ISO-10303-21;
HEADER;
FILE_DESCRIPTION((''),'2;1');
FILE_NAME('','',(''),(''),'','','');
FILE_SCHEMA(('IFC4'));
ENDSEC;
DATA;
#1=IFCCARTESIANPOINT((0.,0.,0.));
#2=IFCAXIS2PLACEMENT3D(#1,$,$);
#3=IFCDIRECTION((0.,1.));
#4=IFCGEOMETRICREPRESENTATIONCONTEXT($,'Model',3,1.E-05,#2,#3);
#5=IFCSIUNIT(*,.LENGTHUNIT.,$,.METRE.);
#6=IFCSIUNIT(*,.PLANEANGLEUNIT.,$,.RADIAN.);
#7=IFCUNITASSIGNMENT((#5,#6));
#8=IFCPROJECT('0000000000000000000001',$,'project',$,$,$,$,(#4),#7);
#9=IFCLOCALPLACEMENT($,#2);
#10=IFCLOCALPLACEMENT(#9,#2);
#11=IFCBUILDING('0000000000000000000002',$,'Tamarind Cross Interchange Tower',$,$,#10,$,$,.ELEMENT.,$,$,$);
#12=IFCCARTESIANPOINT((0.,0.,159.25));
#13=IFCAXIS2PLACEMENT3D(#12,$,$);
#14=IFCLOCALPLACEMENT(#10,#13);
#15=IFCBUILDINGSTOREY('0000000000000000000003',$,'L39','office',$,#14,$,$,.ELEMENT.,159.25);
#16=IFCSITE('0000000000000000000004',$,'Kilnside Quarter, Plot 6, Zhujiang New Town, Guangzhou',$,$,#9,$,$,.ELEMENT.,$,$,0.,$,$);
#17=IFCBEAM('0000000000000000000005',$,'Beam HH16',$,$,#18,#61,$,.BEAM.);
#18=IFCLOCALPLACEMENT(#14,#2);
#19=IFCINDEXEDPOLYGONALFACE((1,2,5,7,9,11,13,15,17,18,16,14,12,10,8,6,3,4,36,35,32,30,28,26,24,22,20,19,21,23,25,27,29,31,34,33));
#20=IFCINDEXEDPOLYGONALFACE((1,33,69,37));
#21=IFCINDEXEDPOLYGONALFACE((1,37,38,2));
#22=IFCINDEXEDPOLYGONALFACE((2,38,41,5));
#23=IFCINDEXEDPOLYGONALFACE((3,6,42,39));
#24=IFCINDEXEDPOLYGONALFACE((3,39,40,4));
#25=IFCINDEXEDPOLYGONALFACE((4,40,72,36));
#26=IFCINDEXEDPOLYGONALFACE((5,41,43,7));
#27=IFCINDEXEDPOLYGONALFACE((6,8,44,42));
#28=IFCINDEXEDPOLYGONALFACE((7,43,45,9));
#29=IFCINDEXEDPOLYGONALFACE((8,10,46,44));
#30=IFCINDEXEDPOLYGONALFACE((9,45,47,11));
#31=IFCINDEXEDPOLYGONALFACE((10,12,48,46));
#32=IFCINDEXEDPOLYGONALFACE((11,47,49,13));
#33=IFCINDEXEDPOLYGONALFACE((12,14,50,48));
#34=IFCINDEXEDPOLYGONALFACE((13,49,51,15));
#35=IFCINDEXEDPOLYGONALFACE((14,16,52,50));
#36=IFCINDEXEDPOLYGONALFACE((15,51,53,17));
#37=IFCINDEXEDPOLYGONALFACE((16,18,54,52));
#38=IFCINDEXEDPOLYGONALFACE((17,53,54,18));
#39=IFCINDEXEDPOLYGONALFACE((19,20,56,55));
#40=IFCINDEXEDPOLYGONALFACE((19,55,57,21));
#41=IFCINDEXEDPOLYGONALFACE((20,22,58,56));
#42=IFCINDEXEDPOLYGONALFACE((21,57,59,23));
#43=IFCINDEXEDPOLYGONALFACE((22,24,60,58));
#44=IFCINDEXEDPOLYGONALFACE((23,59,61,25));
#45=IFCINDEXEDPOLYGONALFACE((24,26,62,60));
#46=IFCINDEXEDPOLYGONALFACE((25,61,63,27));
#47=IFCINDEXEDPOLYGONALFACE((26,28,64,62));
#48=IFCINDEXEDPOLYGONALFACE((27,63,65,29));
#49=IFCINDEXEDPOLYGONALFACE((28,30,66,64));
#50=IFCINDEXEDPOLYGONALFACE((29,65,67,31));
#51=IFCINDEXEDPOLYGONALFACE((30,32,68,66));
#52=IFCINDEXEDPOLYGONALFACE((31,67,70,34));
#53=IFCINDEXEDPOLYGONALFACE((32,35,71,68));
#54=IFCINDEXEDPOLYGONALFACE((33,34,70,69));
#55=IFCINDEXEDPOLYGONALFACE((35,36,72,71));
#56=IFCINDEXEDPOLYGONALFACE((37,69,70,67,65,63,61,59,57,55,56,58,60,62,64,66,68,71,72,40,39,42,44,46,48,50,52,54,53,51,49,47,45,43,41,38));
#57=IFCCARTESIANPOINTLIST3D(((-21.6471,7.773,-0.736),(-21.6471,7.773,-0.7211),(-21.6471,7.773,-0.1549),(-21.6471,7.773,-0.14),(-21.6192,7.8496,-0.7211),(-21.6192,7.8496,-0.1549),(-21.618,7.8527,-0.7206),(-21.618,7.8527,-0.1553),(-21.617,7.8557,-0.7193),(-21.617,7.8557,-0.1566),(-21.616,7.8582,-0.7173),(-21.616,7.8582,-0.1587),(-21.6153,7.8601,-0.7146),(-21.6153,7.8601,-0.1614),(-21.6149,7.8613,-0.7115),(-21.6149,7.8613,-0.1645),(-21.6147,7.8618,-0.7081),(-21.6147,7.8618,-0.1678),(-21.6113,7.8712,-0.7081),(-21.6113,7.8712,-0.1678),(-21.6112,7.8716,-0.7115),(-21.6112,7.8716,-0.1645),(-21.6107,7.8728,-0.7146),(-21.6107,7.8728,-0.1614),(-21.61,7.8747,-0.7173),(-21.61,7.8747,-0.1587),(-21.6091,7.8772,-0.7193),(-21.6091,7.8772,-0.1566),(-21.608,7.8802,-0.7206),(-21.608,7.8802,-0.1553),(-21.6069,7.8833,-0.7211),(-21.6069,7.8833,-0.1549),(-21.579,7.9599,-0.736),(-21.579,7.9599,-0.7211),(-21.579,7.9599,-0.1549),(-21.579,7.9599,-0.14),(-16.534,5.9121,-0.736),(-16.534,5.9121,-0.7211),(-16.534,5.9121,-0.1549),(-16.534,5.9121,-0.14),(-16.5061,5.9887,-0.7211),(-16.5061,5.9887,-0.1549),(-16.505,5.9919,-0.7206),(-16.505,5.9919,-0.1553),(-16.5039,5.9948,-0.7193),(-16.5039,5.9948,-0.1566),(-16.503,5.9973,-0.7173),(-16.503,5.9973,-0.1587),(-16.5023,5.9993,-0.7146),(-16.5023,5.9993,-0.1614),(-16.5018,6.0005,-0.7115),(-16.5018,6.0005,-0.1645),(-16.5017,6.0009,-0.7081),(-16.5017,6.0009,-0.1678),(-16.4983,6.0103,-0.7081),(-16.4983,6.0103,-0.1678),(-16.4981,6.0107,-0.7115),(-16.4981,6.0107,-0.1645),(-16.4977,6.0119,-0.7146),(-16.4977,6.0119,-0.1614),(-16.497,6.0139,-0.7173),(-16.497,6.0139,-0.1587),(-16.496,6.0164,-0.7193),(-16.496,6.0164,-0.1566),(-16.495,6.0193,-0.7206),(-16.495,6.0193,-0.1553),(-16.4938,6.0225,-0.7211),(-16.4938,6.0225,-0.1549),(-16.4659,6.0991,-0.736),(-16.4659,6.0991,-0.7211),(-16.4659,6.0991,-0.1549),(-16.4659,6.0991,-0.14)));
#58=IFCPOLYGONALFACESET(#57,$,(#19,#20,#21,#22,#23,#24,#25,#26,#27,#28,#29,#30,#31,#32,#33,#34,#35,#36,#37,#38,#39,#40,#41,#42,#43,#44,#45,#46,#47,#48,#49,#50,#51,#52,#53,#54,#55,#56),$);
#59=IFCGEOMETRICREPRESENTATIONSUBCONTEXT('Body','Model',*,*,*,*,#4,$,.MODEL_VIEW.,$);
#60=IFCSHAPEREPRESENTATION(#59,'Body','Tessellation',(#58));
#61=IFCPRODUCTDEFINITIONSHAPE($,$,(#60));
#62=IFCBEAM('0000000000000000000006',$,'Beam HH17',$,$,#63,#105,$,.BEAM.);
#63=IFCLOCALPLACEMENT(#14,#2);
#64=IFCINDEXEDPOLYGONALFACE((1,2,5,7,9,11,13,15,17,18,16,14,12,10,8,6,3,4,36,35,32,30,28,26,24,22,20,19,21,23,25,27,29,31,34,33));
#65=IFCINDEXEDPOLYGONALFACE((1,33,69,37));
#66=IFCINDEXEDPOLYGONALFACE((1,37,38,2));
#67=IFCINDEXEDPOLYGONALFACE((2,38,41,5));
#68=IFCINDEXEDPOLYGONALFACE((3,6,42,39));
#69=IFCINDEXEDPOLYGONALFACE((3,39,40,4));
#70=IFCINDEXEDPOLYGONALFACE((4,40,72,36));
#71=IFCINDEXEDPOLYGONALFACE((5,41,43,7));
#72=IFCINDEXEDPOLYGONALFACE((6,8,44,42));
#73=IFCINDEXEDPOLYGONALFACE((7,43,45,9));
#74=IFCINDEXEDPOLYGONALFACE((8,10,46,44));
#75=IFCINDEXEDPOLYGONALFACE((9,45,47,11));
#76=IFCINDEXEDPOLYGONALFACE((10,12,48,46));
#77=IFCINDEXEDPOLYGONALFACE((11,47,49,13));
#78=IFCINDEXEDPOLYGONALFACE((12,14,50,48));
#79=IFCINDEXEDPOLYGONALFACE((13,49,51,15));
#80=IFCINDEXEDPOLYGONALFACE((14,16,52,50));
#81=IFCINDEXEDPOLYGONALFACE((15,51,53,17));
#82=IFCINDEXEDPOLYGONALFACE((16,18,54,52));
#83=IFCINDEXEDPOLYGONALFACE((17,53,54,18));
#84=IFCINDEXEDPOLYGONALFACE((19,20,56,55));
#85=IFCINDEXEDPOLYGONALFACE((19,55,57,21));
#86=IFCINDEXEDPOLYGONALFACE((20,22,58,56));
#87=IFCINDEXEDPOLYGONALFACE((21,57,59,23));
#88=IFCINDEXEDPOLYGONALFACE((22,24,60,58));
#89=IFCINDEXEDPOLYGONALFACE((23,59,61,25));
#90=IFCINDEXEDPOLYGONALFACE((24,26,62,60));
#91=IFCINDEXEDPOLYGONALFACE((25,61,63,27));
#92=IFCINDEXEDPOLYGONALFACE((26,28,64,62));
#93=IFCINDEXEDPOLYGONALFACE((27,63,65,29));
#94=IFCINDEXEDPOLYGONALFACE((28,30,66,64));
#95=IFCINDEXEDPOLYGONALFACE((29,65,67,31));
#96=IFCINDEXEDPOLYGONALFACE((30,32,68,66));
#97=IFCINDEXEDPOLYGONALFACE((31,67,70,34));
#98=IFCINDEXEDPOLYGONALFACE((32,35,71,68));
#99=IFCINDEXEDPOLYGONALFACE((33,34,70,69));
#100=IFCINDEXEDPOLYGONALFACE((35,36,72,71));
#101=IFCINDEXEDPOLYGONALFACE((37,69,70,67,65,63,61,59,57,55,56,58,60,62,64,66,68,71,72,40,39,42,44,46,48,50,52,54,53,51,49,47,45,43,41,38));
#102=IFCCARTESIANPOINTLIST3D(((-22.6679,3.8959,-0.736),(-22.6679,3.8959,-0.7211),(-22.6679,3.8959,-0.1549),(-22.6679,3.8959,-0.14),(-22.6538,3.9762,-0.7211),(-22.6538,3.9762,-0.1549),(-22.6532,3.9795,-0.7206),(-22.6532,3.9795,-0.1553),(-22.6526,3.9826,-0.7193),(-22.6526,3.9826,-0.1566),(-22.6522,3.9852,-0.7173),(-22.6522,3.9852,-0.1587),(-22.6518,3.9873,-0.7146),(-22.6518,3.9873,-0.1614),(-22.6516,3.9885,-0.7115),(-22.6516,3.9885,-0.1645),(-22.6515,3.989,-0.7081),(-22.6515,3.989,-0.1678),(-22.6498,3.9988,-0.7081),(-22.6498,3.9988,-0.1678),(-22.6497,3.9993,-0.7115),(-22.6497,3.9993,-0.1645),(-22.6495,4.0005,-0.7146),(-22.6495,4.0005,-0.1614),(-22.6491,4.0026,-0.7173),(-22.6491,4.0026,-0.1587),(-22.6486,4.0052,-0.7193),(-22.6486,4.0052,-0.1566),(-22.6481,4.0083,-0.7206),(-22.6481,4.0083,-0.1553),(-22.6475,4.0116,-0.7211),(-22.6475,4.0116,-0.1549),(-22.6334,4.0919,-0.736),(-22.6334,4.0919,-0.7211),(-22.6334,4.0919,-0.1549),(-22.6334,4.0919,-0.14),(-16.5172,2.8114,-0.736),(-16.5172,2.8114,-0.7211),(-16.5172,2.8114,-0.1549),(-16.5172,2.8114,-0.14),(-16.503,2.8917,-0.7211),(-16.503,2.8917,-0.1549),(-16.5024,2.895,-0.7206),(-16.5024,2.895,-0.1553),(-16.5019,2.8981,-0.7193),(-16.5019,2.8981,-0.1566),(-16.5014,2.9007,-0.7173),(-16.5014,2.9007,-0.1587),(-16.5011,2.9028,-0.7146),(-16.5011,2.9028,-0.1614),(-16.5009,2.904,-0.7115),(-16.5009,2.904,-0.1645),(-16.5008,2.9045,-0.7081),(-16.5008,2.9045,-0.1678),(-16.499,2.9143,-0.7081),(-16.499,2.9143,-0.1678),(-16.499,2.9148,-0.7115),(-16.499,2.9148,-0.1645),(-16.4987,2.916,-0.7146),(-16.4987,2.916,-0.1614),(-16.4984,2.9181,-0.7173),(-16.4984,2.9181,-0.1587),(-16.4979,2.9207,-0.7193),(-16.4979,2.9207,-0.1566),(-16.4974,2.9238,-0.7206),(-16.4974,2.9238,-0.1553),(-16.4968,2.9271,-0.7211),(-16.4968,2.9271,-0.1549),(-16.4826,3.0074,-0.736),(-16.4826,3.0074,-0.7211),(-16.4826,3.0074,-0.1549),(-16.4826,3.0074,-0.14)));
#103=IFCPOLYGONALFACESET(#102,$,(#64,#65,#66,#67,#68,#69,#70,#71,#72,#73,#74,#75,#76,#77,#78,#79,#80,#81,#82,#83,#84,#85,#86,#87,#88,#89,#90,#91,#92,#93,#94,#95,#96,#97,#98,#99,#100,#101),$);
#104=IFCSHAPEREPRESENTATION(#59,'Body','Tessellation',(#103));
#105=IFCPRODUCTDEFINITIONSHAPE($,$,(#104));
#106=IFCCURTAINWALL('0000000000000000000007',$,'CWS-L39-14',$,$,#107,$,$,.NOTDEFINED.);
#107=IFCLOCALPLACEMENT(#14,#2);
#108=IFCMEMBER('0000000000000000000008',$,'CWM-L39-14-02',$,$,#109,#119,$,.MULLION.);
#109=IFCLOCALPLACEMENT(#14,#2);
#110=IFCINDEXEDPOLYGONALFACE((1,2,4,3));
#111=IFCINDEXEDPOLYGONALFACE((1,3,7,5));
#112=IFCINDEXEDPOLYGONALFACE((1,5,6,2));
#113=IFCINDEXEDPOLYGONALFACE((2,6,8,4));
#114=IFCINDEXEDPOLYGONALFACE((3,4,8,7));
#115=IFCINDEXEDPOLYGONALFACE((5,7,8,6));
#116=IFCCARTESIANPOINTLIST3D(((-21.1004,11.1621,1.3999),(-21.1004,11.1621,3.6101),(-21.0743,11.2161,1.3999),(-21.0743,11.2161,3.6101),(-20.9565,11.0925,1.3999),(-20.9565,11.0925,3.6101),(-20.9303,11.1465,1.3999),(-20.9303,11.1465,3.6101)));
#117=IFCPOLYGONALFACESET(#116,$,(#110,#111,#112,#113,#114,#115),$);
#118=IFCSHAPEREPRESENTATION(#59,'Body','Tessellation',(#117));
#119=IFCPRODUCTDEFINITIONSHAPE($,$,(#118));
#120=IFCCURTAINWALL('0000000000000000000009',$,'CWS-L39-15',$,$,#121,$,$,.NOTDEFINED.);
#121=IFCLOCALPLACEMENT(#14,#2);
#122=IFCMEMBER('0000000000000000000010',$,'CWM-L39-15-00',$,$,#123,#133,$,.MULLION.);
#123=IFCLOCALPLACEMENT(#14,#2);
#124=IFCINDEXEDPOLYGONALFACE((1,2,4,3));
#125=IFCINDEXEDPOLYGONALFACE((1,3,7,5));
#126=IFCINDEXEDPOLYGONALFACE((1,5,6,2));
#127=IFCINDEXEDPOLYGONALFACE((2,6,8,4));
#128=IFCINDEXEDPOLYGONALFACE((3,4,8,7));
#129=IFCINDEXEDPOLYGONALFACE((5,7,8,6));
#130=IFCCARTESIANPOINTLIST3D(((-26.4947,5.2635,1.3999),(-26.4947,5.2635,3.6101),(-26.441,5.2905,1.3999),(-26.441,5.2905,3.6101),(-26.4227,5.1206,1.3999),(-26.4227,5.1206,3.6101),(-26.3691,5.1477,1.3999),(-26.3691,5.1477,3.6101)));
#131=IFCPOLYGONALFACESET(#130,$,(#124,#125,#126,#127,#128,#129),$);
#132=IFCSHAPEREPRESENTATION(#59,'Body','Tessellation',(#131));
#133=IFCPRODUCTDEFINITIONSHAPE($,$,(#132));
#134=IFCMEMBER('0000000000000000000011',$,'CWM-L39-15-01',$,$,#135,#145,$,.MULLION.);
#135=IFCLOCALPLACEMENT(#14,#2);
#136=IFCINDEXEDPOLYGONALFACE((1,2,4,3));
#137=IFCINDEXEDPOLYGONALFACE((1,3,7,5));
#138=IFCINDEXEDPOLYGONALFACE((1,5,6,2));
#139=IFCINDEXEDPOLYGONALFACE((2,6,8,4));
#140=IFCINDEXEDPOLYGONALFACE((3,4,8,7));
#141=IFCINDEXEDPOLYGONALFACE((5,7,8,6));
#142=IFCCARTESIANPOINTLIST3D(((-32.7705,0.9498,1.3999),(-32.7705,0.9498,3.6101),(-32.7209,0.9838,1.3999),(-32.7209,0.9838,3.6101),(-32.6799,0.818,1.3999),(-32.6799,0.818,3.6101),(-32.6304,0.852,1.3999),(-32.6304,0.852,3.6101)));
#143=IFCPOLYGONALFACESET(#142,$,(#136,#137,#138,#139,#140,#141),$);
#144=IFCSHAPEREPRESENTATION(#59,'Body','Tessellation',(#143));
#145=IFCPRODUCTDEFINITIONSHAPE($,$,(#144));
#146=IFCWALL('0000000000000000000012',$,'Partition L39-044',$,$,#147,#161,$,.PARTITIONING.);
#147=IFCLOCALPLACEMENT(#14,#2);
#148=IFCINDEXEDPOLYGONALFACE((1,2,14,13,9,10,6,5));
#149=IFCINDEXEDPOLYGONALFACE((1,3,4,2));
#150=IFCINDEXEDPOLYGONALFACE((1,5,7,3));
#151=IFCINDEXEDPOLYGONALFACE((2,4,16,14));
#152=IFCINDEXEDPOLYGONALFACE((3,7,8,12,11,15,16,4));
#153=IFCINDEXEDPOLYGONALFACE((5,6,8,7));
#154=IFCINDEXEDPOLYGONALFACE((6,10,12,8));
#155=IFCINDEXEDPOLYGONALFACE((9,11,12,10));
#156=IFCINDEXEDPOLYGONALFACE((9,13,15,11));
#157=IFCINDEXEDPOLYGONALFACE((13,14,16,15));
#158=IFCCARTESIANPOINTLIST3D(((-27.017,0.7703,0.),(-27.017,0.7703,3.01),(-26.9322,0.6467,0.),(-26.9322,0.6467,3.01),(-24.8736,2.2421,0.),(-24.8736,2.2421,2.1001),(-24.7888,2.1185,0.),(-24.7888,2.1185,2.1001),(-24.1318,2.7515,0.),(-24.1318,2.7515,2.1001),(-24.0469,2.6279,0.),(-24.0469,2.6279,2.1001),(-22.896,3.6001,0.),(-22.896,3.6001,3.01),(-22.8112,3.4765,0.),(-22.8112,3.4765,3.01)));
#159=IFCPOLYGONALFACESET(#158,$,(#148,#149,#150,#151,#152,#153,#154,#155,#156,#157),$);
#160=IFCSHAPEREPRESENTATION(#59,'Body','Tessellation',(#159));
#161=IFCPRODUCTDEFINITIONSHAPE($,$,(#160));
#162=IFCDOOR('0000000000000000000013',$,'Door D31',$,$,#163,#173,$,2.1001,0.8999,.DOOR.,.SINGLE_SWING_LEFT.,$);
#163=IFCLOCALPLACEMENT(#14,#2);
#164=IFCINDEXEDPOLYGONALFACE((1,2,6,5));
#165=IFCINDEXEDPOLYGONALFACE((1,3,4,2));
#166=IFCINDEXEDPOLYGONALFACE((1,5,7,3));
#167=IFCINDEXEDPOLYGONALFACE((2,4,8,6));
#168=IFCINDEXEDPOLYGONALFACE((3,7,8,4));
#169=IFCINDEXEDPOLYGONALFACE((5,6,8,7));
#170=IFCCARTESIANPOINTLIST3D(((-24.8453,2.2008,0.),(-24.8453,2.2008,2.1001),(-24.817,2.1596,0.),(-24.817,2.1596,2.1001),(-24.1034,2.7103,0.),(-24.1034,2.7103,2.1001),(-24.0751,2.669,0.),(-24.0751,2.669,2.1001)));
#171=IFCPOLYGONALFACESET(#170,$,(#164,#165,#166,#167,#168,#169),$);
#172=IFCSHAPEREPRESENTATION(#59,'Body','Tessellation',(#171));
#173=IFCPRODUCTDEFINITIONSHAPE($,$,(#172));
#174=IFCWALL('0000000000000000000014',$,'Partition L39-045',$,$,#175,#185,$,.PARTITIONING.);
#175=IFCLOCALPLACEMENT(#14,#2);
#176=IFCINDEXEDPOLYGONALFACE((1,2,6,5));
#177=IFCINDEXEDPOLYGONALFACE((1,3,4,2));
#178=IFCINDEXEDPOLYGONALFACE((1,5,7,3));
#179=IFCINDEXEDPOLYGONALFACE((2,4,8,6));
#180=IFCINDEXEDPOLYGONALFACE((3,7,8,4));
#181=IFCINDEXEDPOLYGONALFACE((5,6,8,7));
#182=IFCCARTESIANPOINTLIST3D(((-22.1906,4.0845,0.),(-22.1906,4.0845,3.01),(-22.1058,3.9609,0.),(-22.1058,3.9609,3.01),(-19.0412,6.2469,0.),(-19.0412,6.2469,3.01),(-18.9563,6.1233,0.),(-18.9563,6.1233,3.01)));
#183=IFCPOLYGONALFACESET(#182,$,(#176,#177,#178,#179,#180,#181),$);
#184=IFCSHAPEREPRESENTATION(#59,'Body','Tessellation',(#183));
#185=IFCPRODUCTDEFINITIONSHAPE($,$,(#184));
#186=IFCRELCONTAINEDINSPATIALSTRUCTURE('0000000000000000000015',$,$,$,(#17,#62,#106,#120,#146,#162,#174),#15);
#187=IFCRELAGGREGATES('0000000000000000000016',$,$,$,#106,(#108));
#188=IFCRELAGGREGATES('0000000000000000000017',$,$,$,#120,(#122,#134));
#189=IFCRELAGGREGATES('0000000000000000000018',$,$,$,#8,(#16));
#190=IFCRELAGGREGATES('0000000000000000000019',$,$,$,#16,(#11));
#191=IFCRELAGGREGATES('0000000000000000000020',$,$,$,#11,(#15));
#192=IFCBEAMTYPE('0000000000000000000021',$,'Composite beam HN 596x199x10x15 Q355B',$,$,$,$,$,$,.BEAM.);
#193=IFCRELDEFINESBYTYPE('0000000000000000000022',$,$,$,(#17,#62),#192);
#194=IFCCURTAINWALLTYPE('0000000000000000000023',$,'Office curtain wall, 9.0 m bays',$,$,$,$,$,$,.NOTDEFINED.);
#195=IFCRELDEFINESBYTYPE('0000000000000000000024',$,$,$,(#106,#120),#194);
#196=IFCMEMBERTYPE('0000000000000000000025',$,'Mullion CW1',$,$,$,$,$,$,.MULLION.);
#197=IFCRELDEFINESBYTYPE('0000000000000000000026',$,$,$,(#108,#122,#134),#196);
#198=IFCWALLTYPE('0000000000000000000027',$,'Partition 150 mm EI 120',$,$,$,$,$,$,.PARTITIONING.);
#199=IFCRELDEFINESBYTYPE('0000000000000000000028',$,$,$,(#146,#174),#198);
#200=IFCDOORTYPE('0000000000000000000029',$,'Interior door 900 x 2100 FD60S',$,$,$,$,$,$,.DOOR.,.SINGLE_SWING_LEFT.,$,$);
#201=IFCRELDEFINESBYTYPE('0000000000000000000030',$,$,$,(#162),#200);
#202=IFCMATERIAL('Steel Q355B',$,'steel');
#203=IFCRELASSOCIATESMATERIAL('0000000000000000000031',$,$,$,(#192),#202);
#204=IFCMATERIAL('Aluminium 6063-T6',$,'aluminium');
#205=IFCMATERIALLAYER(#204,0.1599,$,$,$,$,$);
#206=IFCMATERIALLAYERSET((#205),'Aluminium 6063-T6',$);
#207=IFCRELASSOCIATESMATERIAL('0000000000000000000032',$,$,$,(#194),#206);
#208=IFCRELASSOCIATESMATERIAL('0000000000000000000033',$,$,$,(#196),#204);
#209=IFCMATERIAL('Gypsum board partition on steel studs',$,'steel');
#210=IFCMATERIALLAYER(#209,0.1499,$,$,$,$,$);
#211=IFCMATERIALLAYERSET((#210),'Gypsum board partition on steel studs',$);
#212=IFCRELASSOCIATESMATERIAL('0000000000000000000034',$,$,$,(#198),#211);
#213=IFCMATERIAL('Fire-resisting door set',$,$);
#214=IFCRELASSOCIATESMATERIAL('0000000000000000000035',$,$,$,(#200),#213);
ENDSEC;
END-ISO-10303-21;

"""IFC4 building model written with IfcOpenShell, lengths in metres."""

from ifc_helpers import new_model, si_unit, direction, frame, frame_2d, origin, origin_2d, place, context, subcontext, project, spatial, rectangle, i_section, extrude, material, layer, layer_set, material_profile, profile_set, type_object, element, fill, aggregate, save


model = new_model("IFC4")

# Units and contexts
model_context = context("Model", 3, precision=1e-05, world=origin(), true_north=direction((0.0, 1.0)))
body_context = subcontext(model_context, "Body", "Model", "MODEL_VIEW")
ifc_project = project(units=[si_unit("LENGTHUNIT", "METRE"), si_unit("PLANEANGLEUNIT", "RADIAN")], contexts=[model_context])

# Site, building, storey
site_placement = place(None, origin())
site = spatial("IfcSite", under=ifc_project, at=site_placement, Name="Kilnside Quarter, Plot 6, Zhujiang New Town, Guangzhou", CompositionType="ELEMENT", RefElevation=0.0)
building_placement = place(site_placement, origin())
building = spatial("IfcBuilding", under=site, at=building_placement, Name="Tamarind Cross Interchange Tower", CompositionType="ELEMENT")
storey_placement = place(building_placement, frame((0.0, 0.0, 159.25)))
storey = spatial("IfcBuildingStorey", under=building, at=storey_placement, Name="L39", Description="office", CompositionType="ELEMENT", Elevation=159.25)

# Beams
ifc_material_1 = material(Name="Steel Q355B", Category="steel")
ifc_material_profile_1 = material_profile(ifc_material_1, i_section(OverallWidth=0.199, OverallDepth=0.5959, WebThickness=0.01, FlangeThickness=0.0149, FilletRadius=0.0129, at=origin_2d()), Name="HN 596x199x10x15")
ifc_profile_set_1 = profile_set([ifc_material_profile_1], Name="Steel Q355B")
beam_type = type_object("IfcBeamType", Name="Composite beam HN 596x199x10x15 Q355B", PredefinedType="BEAM", material=ifc_profile_set_1)
beam_1_placement = place(storey_placement, frame((-21.613, 7.8665, -0.438), z_axis=(0.939702, -0.341995, 0.0), x_axis=(0.341995, 0.939702, 0.0)))
element("IfcBeam", 1, at=beam_1_placement, inside=storey, type_object=beam_type, Name="Beam HH16", PredefinedType="BEAM", context=body_context, shape_type="SweptSolid", body=[
    extrude(i_section(OverallWidth=0.199, OverallDepth=0.5959, WebThickness=0.01, FlangeThickness=0.0149, FilletRadius=0.0129, at=origin_2d()), origin(), (0.0, 0.0, 1.0), 5.4412),
])
beam_2_placement = place(storey_placement, frame((-22.6506, 3.9939, -0.438), z_axis=(0.984809, -0.17364, 0.0), x_axis=(0.17364, 0.984809, 0.0)))
element("IfcBeam", 2, at=beam_2_placement, inside=storey, type_object=beam_type, Name="Beam HH17", PredefinedType="BEAM", context=body_context, shape_type="SweptSolid", body=[
    extrude(i_section(OverallWidth=0.199, OverallDepth=0.5959, WebThickness=0.01, FlangeThickness=0.0149, FilletRadius=0.0129, at=origin_2d()), origin(), (0.0, 0.0, 1.0), 6.2456),
])

# Curtain wall, member
ifc_material_2 = material(Name="Aluminium 6063-T6", Category="aluminium")
ifc_layer_1 = layer(ifc_material_2, 0.1599)
ifc_layer_set_1 = layer_set([ifc_layer_1], Name="Aluminium 6063-T6")
curtain_wall_type = type_object("IfcCurtainWallType", Name="Office curtain wall, 9.0 m bays", PredefinedType="NOTDEFINED", material=ifc_layer_set_1)
curtain_wall_1_placement = place(storey_placement, origin())
curtain_wall_1 = element("IfcCurtainWall", 3, at=curtain_wall_1_placement, inside=storey, type_object=curtain_wall_type, Name="CWS-L39-14", PredefinedType="NOTDEFINED")
ifc_material_profile_2 = material_profile(ifc_material_2, rectangle(XDim=0.0601, YDim=0.1599, at=origin_2d()), Name="Mullion CW1")
ifc_profile_set_2 = profile_set([ifc_material_profile_2], Name="Aluminium 6063-T6")
member_type = type_object("IfcMemberType", Name="Mullion CW1", PredefinedType="MULLION", material=ifc_profile_set_2)
member_1_placement = place(storey_placement, frame((-21.0154, 11.1543, 1.3999), z_axis=(0.0, 0.0, 1.0), x_axis=(-0.435326, -0.900273, 0.0)))
member_1 = element("IfcMember", 4, at=member_1_placement, type_object=member_type, Name="CWM-L39-14-02", PredefinedType="MULLION", context=body_context, shape_type="SweptSolid", body=[
    extrude(rectangle(XDim=0.0601, YDim=0.1599, at=origin_2d()), origin(), (0.0, 0.0, 1.0), 2.2102),
])
aggregate(curtain_wall_1, [member_1])

# Curtain wall, members
curtain_wall_2_placement = place(storey_placement, origin())
curtain_wall_2 = element("IfcCurtainWall", 5, at=curtain_wall_2_placement, inside=storey, type_object=curtain_wall_type, Name="CWS-L39-15", PredefinedType="NOTDEFINED")
member_2_placement = place(storey_placement, frame((-26.4319, 5.2056, 1.3999), z_axis=(0.0, 0.0, 1.0), x_axis=(-0.893167, -0.449725, 0.0)))
member_2 = element("IfcMember", 6, at=member_2_placement, type_object=member_type, Name="CWM-L39-15-00", PredefinedType="MULLION", context=body_context, shape_type="SweptSolid", body=[
    extrude(rectangle(XDim=0.0601, YDim=0.1599, at=origin_2d()), origin(), (0.0, 0.0, 1.0), 2.2102),
])
member_3_placement = place(storey_placement, frame((-32.7004, 0.9009, 1.3999), z_axis=(0.0, 0.0, 1.0), x_axis=(-0.82434, -0.566096, 0.0)))
member_3 = element("IfcMember", 7, at=member_3_placement, type_object=member_type, Name="CWM-L39-15-01", PredefinedType="MULLION", context=body_context, shape_type="SweptSolid", body=[
    extrude(rectangle(XDim=0.0601, YDim=0.1599, at=origin_2d()), origin(), (0.0, 0.0, 1.0), 2.2102),
])
aggregate(curtain_wall_2, [member_2, member_3])

# Wall, opening, door
ifc_material_3 = material(Name="Gypsum board partition on steel studs", Category="steel")
ifc_layer_2 = layer(ifc_material_3, 0.1499)
ifc_layer_set_2 = layer_set([ifc_layer_2], Name="Gypsum board partition on steel studs")
wall_type_1 = type_object("IfcWallType", Name="Partition 150 mm EI 120", PredefinedType="PARTITIONING", material=ifc_layer_set_2)
wall_1_placement = place(storey_placement, frame((-26.9746, 0.7085, 0.0), z_axis=(0.0, 0.0, 1.0), x_axis=(0.824361, 0.566064, 0.0)))
wall_1 = element("IfcWall", 8, at=wall_1_placement, inside=storey, type_object=wall_type_1, Name="Partition L39-044", PredefinedType="PARTITIONING", context=body_context, shape_type="SweptSolid", body=[
    extrude(rectangle(XDim=4.999, YDim=0.1499, at=frame_2d((2.4995, 0.0))), origin(), (0.0, 0.0, 1.0), 3.01),
])
opening_1_placement = place(wall_1_placement, frame((2.6001, 0.0, 0.0)))
opening_1 = element("IfcOpeningElement", 9, at=opening_1_placement, cuts=wall_1, PredefinedType="OPENING", context=body_context, shape_type="SweptSolid", body=[
    extrude(rectangle(XDim=0.8999, YDim=2.1001, at=frame_2d((0.45, 1.05))), frame((0.0, 0.085, 0.0), z_axis=(0.0, -1.0, 0.0), x_axis=(1.0, 0.0, 0.0)), (0.0, 0.0, 1.0), 0.1699),
])
ifc_material_4 = material(Name="Fire-resisting door set")
door_type_1 = type_object("IfcDoorType", Name="Interior door 900 x 2100 FD60S", OperationType="SINGLE_SWING_LEFT", PredefinedType="DOOR", material=ifc_material_4)
door_1_placement = place(opening_1_placement, origin())
door_1 = element("IfcDoor", 10, at=door_1_placement, inside=storey, type_object=door_type_1, Name="Door D31", OperationType="SINGLE_SWING_LEFT", OverallHeight=2.1001, OverallWidth=0.8999, PredefinedType="DOOR", context=body_context, shape_type="SweptSolid", body=[
    extrude(rectangle(XDim=0.8999, YDim=2.1001, at=frame_2d((0.45, 1.05))), frame((0.0, 0.0249, 0.0), z_axis=(0.0, -1.0, 0.0), x_axis=(1.0, 0.0, 0.0)), (0.0, 0.0, 1.0), 0.05),
])
fill(opening_1, door_1)

# Wall
wall_2_placement = place(storey_placement, frame((-22.1482, 4.0227, 0.0), z_axis=(0.0, 0.0, 1.0), x_axis=(0.824392, 0.566019, 0.0)))
element("IfcWall", 11, at=wall_2_placement, inside=storey, type_object=wall_type_1, Name="Partition L39-045", PredefinedType="PARTITIONING", context=body_context, shape_type="SweptSolid", body=[
    extrude(rectangle(XDim=3.8203, YDim=0.1499, at=frame_2d((1.9102, 0.0))), origin(), (0.0, 0.0, 1.0), 3.01),
])

save(model, "model.ifc")
